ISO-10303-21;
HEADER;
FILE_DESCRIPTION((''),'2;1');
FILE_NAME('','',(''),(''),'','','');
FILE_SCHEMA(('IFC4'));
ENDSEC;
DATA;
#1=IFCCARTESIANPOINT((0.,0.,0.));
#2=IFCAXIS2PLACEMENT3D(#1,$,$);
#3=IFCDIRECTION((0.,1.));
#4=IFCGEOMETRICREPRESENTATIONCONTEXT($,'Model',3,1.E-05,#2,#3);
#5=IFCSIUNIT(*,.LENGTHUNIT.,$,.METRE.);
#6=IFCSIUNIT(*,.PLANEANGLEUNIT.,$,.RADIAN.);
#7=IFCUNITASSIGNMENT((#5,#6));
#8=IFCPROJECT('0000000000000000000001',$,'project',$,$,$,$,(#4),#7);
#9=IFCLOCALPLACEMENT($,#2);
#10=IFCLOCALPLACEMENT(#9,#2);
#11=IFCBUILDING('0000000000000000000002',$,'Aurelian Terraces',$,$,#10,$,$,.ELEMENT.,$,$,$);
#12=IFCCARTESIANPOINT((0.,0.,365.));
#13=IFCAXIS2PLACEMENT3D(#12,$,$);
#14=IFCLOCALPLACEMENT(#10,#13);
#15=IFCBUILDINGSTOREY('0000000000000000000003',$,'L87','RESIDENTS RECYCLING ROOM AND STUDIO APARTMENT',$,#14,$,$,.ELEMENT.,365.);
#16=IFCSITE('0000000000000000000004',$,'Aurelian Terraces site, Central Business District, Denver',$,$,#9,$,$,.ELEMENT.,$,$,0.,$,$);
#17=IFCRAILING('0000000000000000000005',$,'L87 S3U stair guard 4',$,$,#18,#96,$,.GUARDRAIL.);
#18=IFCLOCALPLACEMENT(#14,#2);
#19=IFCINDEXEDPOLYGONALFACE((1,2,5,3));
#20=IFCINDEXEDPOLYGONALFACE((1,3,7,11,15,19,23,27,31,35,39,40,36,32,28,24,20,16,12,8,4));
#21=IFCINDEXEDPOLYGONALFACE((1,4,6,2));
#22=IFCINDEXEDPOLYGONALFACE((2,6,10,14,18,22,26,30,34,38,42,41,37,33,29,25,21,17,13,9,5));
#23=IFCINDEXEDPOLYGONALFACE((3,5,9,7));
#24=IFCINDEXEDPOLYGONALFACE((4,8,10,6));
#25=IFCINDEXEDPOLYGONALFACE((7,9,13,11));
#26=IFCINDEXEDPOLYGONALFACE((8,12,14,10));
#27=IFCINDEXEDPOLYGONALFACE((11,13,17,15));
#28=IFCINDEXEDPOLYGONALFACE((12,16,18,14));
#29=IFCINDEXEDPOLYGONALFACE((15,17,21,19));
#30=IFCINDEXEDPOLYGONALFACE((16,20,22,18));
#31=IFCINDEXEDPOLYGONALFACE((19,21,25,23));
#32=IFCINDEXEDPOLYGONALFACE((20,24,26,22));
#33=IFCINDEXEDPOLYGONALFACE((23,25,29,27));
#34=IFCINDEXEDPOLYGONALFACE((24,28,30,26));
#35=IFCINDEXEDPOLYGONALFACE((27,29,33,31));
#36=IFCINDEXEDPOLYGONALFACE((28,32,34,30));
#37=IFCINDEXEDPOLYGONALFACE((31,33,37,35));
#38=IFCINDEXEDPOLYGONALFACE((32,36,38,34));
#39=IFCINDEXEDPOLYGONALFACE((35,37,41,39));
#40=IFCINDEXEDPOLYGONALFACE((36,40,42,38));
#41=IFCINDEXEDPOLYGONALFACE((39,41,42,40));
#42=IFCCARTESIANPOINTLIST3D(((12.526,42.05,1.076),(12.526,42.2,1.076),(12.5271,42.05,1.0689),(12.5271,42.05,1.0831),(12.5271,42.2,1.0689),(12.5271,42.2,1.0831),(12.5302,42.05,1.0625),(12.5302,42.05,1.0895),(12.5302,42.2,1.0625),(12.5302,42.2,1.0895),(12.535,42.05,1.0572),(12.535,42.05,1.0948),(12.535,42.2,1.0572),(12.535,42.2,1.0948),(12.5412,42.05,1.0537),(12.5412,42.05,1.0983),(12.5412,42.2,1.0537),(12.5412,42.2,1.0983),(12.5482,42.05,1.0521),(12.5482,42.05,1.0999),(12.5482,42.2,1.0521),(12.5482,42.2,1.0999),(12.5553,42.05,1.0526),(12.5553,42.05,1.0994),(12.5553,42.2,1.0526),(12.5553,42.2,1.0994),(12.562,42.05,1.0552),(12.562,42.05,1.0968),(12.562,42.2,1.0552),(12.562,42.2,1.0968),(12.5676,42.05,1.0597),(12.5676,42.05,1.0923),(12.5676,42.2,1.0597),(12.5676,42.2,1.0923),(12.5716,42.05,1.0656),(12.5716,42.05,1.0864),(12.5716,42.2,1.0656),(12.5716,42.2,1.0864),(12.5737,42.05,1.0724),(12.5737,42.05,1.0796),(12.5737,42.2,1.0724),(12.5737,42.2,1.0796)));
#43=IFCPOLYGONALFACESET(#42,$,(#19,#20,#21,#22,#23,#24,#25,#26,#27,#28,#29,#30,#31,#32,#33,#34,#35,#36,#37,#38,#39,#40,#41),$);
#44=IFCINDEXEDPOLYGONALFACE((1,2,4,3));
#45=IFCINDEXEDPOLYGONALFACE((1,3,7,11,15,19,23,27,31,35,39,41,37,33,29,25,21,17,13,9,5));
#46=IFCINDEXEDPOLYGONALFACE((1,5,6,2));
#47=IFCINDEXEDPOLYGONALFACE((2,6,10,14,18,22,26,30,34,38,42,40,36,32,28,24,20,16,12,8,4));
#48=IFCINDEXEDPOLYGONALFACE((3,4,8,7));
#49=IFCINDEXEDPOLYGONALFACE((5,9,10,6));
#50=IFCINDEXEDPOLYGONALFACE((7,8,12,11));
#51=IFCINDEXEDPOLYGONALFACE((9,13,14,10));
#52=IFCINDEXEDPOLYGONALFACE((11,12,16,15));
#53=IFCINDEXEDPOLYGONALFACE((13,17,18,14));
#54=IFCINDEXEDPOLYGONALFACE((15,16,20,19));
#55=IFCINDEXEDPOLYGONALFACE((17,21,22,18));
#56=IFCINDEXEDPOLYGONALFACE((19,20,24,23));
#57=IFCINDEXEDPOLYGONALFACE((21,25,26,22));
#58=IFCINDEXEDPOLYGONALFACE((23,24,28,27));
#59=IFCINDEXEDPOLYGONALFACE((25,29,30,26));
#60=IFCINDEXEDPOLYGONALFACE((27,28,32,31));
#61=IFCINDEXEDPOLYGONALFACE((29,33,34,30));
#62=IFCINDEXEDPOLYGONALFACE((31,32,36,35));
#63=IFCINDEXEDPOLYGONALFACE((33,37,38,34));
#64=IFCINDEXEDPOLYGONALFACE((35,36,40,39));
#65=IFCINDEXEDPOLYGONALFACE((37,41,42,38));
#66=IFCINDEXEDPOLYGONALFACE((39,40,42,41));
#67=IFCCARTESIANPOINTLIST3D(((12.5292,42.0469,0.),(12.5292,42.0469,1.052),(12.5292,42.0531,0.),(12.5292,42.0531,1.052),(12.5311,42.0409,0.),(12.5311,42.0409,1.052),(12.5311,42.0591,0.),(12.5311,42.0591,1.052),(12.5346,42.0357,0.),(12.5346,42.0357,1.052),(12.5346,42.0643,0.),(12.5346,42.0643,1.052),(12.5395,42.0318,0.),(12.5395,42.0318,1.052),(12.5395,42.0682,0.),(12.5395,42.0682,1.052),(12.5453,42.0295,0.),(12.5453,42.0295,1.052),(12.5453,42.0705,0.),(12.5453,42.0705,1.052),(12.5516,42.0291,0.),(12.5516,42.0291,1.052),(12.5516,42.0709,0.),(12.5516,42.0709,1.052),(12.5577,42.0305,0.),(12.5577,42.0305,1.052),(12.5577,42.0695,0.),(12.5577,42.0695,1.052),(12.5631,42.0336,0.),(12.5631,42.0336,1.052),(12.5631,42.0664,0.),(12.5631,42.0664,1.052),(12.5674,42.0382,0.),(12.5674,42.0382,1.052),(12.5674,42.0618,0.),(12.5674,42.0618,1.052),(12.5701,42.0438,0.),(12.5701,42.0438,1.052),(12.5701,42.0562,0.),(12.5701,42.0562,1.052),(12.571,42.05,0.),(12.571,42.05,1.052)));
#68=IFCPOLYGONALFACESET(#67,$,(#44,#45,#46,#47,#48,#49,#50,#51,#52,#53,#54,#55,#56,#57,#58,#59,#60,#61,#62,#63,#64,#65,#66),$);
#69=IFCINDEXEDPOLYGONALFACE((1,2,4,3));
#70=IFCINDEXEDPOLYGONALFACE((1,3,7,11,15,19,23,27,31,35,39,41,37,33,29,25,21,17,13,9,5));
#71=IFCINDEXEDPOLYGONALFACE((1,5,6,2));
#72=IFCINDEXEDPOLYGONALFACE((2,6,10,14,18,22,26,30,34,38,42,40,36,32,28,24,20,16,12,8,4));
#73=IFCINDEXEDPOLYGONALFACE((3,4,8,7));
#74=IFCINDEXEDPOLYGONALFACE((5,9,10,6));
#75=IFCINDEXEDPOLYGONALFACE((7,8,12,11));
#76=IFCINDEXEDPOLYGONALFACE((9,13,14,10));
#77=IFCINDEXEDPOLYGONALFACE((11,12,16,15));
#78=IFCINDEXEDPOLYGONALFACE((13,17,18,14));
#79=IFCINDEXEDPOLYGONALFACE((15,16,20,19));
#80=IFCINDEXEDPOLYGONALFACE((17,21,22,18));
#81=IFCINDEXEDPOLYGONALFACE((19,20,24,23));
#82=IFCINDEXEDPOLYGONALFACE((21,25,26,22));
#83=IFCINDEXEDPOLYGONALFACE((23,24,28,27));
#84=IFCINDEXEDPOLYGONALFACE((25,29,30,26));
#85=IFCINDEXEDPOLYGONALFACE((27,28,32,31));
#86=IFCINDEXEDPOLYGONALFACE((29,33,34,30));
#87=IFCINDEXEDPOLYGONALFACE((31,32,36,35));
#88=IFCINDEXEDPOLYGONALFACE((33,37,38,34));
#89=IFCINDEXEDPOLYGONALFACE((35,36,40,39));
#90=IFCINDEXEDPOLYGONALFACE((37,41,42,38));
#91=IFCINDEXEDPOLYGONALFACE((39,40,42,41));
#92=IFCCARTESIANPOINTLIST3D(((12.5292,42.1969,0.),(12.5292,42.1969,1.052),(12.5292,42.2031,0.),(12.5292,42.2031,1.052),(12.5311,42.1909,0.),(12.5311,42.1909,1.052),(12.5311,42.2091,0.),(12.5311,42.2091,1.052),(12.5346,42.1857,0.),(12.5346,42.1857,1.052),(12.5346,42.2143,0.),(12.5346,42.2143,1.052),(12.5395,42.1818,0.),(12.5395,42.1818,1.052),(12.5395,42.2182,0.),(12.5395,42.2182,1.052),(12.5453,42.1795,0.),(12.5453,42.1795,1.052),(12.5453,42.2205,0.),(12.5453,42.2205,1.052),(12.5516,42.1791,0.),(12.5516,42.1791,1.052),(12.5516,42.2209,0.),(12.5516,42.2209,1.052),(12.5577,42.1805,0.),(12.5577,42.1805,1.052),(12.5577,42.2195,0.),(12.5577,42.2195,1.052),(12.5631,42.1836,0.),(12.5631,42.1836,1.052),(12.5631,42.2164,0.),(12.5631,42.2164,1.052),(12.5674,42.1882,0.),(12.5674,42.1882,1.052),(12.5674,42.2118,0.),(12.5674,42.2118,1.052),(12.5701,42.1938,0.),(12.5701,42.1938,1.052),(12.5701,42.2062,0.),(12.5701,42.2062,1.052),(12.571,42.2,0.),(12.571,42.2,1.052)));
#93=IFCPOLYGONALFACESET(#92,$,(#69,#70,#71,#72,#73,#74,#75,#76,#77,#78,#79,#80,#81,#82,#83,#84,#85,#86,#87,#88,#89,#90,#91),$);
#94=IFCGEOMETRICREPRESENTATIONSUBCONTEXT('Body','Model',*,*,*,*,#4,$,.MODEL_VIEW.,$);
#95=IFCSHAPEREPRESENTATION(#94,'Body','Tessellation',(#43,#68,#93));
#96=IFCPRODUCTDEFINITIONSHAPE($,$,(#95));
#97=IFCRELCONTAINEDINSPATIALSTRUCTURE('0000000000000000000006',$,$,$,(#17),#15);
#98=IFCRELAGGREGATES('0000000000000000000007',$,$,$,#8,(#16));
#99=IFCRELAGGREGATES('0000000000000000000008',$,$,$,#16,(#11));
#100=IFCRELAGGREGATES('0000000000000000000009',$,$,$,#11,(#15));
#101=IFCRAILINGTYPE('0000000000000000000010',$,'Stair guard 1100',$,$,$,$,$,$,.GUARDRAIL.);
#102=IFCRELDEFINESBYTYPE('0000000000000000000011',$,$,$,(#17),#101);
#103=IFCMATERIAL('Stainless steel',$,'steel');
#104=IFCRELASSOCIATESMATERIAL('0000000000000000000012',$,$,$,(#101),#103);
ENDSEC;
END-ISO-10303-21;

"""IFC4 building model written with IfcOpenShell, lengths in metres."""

from ifc_helpers import new_model, si_unit, direction, frame, origin, origin_2d, place, context, subcontext, project, spatial, circle, extrude, source, transform, mapped, material, type_object, element, save


model = new_model("IFC4")

# Units and contexts
model_context = context("Model", 3, precision=1e-05, world=origin(), true_north=direction((0.0, 1.0)))
body_context = subcontext(model_context, "Body", "Model", "MODEL_VIEW")
ifc_project = project(units=[si_unit("LENGTHUNIT", "METRE"), si_unit("PLANEANGLEUNIT", "RADIAN")], contexts=[model_context])

# Site, building, storey
site_placement = place(None, origin())
site = spatial("IfcSite", under=ifc_project, at=site_placement, Name="Aurelian Terraces site, Central Business District, Denver", CompositionType="ELEMENT", RefElevation=0.0)
building_placement = place(site_placement, origin())
building = spatial("IfcBuilding", under=site, at=building_placement, Name="Aurelian Terraces", CompositionType="ELEMENT")
storey_placement = place(building_placement, frame((0.0, 0.0, 365.0)))
storey = spatial("IfcBuildingStorey", under=building, at=storey_placement, Name="L87", Description="RESIDENTS RECYCLING ROOM AND STUDIO APARTMENT", CompositionType="ELEMENT", Elevation=365.0)

# Railing
ifc_material_1 = material(Name="Stainless steel", Category="steel")
railing_type_1 = type_object("IfcRailingType", Name="Stair guard 1100", PredefinedType="GUARDRAIL", material=ifc_material_1)
shared_shape_1 = source(origin(), body_context, "Body", "SweptSolid", [
    extrude(circle(Radius=0.024, at=origin_2d()), frame((0.0, 0.0, 1.076), z_axis=(0.0, 1.0, 0.0), x_axis=(-1.0, 0.0, 0.0)), (0.0, 0.0, 1.0), 0.15),
    extrude(circle(Radius=0.021, at=origin_2d()), origin(), (0.0, 0.0, 1.0), 1.052),
    extrude(circle(Radius=0.021, at=origin_2d()), frame((0.0, 0.15, 0.0)), (0.0, 0.0, 1.0), 1.052),
])
for number, where, name in (
    (1, (12.55, 42.05, 0.0), "L87 S3U stair guard 4"),
):
    element("IfcRailing", number, at=place(storey_placement, frame(where)), inside=storey, type_object=railing_type_1, Name=name, PredefinedType="GUARDRAIL", context=body_context, shape_type="MappedRepresentation", body=[
        mapped(shared_shape_1, transform((0.0, 0.0, 0.0), scale=1.0)),
    ])

save(model, "model.ifc")
